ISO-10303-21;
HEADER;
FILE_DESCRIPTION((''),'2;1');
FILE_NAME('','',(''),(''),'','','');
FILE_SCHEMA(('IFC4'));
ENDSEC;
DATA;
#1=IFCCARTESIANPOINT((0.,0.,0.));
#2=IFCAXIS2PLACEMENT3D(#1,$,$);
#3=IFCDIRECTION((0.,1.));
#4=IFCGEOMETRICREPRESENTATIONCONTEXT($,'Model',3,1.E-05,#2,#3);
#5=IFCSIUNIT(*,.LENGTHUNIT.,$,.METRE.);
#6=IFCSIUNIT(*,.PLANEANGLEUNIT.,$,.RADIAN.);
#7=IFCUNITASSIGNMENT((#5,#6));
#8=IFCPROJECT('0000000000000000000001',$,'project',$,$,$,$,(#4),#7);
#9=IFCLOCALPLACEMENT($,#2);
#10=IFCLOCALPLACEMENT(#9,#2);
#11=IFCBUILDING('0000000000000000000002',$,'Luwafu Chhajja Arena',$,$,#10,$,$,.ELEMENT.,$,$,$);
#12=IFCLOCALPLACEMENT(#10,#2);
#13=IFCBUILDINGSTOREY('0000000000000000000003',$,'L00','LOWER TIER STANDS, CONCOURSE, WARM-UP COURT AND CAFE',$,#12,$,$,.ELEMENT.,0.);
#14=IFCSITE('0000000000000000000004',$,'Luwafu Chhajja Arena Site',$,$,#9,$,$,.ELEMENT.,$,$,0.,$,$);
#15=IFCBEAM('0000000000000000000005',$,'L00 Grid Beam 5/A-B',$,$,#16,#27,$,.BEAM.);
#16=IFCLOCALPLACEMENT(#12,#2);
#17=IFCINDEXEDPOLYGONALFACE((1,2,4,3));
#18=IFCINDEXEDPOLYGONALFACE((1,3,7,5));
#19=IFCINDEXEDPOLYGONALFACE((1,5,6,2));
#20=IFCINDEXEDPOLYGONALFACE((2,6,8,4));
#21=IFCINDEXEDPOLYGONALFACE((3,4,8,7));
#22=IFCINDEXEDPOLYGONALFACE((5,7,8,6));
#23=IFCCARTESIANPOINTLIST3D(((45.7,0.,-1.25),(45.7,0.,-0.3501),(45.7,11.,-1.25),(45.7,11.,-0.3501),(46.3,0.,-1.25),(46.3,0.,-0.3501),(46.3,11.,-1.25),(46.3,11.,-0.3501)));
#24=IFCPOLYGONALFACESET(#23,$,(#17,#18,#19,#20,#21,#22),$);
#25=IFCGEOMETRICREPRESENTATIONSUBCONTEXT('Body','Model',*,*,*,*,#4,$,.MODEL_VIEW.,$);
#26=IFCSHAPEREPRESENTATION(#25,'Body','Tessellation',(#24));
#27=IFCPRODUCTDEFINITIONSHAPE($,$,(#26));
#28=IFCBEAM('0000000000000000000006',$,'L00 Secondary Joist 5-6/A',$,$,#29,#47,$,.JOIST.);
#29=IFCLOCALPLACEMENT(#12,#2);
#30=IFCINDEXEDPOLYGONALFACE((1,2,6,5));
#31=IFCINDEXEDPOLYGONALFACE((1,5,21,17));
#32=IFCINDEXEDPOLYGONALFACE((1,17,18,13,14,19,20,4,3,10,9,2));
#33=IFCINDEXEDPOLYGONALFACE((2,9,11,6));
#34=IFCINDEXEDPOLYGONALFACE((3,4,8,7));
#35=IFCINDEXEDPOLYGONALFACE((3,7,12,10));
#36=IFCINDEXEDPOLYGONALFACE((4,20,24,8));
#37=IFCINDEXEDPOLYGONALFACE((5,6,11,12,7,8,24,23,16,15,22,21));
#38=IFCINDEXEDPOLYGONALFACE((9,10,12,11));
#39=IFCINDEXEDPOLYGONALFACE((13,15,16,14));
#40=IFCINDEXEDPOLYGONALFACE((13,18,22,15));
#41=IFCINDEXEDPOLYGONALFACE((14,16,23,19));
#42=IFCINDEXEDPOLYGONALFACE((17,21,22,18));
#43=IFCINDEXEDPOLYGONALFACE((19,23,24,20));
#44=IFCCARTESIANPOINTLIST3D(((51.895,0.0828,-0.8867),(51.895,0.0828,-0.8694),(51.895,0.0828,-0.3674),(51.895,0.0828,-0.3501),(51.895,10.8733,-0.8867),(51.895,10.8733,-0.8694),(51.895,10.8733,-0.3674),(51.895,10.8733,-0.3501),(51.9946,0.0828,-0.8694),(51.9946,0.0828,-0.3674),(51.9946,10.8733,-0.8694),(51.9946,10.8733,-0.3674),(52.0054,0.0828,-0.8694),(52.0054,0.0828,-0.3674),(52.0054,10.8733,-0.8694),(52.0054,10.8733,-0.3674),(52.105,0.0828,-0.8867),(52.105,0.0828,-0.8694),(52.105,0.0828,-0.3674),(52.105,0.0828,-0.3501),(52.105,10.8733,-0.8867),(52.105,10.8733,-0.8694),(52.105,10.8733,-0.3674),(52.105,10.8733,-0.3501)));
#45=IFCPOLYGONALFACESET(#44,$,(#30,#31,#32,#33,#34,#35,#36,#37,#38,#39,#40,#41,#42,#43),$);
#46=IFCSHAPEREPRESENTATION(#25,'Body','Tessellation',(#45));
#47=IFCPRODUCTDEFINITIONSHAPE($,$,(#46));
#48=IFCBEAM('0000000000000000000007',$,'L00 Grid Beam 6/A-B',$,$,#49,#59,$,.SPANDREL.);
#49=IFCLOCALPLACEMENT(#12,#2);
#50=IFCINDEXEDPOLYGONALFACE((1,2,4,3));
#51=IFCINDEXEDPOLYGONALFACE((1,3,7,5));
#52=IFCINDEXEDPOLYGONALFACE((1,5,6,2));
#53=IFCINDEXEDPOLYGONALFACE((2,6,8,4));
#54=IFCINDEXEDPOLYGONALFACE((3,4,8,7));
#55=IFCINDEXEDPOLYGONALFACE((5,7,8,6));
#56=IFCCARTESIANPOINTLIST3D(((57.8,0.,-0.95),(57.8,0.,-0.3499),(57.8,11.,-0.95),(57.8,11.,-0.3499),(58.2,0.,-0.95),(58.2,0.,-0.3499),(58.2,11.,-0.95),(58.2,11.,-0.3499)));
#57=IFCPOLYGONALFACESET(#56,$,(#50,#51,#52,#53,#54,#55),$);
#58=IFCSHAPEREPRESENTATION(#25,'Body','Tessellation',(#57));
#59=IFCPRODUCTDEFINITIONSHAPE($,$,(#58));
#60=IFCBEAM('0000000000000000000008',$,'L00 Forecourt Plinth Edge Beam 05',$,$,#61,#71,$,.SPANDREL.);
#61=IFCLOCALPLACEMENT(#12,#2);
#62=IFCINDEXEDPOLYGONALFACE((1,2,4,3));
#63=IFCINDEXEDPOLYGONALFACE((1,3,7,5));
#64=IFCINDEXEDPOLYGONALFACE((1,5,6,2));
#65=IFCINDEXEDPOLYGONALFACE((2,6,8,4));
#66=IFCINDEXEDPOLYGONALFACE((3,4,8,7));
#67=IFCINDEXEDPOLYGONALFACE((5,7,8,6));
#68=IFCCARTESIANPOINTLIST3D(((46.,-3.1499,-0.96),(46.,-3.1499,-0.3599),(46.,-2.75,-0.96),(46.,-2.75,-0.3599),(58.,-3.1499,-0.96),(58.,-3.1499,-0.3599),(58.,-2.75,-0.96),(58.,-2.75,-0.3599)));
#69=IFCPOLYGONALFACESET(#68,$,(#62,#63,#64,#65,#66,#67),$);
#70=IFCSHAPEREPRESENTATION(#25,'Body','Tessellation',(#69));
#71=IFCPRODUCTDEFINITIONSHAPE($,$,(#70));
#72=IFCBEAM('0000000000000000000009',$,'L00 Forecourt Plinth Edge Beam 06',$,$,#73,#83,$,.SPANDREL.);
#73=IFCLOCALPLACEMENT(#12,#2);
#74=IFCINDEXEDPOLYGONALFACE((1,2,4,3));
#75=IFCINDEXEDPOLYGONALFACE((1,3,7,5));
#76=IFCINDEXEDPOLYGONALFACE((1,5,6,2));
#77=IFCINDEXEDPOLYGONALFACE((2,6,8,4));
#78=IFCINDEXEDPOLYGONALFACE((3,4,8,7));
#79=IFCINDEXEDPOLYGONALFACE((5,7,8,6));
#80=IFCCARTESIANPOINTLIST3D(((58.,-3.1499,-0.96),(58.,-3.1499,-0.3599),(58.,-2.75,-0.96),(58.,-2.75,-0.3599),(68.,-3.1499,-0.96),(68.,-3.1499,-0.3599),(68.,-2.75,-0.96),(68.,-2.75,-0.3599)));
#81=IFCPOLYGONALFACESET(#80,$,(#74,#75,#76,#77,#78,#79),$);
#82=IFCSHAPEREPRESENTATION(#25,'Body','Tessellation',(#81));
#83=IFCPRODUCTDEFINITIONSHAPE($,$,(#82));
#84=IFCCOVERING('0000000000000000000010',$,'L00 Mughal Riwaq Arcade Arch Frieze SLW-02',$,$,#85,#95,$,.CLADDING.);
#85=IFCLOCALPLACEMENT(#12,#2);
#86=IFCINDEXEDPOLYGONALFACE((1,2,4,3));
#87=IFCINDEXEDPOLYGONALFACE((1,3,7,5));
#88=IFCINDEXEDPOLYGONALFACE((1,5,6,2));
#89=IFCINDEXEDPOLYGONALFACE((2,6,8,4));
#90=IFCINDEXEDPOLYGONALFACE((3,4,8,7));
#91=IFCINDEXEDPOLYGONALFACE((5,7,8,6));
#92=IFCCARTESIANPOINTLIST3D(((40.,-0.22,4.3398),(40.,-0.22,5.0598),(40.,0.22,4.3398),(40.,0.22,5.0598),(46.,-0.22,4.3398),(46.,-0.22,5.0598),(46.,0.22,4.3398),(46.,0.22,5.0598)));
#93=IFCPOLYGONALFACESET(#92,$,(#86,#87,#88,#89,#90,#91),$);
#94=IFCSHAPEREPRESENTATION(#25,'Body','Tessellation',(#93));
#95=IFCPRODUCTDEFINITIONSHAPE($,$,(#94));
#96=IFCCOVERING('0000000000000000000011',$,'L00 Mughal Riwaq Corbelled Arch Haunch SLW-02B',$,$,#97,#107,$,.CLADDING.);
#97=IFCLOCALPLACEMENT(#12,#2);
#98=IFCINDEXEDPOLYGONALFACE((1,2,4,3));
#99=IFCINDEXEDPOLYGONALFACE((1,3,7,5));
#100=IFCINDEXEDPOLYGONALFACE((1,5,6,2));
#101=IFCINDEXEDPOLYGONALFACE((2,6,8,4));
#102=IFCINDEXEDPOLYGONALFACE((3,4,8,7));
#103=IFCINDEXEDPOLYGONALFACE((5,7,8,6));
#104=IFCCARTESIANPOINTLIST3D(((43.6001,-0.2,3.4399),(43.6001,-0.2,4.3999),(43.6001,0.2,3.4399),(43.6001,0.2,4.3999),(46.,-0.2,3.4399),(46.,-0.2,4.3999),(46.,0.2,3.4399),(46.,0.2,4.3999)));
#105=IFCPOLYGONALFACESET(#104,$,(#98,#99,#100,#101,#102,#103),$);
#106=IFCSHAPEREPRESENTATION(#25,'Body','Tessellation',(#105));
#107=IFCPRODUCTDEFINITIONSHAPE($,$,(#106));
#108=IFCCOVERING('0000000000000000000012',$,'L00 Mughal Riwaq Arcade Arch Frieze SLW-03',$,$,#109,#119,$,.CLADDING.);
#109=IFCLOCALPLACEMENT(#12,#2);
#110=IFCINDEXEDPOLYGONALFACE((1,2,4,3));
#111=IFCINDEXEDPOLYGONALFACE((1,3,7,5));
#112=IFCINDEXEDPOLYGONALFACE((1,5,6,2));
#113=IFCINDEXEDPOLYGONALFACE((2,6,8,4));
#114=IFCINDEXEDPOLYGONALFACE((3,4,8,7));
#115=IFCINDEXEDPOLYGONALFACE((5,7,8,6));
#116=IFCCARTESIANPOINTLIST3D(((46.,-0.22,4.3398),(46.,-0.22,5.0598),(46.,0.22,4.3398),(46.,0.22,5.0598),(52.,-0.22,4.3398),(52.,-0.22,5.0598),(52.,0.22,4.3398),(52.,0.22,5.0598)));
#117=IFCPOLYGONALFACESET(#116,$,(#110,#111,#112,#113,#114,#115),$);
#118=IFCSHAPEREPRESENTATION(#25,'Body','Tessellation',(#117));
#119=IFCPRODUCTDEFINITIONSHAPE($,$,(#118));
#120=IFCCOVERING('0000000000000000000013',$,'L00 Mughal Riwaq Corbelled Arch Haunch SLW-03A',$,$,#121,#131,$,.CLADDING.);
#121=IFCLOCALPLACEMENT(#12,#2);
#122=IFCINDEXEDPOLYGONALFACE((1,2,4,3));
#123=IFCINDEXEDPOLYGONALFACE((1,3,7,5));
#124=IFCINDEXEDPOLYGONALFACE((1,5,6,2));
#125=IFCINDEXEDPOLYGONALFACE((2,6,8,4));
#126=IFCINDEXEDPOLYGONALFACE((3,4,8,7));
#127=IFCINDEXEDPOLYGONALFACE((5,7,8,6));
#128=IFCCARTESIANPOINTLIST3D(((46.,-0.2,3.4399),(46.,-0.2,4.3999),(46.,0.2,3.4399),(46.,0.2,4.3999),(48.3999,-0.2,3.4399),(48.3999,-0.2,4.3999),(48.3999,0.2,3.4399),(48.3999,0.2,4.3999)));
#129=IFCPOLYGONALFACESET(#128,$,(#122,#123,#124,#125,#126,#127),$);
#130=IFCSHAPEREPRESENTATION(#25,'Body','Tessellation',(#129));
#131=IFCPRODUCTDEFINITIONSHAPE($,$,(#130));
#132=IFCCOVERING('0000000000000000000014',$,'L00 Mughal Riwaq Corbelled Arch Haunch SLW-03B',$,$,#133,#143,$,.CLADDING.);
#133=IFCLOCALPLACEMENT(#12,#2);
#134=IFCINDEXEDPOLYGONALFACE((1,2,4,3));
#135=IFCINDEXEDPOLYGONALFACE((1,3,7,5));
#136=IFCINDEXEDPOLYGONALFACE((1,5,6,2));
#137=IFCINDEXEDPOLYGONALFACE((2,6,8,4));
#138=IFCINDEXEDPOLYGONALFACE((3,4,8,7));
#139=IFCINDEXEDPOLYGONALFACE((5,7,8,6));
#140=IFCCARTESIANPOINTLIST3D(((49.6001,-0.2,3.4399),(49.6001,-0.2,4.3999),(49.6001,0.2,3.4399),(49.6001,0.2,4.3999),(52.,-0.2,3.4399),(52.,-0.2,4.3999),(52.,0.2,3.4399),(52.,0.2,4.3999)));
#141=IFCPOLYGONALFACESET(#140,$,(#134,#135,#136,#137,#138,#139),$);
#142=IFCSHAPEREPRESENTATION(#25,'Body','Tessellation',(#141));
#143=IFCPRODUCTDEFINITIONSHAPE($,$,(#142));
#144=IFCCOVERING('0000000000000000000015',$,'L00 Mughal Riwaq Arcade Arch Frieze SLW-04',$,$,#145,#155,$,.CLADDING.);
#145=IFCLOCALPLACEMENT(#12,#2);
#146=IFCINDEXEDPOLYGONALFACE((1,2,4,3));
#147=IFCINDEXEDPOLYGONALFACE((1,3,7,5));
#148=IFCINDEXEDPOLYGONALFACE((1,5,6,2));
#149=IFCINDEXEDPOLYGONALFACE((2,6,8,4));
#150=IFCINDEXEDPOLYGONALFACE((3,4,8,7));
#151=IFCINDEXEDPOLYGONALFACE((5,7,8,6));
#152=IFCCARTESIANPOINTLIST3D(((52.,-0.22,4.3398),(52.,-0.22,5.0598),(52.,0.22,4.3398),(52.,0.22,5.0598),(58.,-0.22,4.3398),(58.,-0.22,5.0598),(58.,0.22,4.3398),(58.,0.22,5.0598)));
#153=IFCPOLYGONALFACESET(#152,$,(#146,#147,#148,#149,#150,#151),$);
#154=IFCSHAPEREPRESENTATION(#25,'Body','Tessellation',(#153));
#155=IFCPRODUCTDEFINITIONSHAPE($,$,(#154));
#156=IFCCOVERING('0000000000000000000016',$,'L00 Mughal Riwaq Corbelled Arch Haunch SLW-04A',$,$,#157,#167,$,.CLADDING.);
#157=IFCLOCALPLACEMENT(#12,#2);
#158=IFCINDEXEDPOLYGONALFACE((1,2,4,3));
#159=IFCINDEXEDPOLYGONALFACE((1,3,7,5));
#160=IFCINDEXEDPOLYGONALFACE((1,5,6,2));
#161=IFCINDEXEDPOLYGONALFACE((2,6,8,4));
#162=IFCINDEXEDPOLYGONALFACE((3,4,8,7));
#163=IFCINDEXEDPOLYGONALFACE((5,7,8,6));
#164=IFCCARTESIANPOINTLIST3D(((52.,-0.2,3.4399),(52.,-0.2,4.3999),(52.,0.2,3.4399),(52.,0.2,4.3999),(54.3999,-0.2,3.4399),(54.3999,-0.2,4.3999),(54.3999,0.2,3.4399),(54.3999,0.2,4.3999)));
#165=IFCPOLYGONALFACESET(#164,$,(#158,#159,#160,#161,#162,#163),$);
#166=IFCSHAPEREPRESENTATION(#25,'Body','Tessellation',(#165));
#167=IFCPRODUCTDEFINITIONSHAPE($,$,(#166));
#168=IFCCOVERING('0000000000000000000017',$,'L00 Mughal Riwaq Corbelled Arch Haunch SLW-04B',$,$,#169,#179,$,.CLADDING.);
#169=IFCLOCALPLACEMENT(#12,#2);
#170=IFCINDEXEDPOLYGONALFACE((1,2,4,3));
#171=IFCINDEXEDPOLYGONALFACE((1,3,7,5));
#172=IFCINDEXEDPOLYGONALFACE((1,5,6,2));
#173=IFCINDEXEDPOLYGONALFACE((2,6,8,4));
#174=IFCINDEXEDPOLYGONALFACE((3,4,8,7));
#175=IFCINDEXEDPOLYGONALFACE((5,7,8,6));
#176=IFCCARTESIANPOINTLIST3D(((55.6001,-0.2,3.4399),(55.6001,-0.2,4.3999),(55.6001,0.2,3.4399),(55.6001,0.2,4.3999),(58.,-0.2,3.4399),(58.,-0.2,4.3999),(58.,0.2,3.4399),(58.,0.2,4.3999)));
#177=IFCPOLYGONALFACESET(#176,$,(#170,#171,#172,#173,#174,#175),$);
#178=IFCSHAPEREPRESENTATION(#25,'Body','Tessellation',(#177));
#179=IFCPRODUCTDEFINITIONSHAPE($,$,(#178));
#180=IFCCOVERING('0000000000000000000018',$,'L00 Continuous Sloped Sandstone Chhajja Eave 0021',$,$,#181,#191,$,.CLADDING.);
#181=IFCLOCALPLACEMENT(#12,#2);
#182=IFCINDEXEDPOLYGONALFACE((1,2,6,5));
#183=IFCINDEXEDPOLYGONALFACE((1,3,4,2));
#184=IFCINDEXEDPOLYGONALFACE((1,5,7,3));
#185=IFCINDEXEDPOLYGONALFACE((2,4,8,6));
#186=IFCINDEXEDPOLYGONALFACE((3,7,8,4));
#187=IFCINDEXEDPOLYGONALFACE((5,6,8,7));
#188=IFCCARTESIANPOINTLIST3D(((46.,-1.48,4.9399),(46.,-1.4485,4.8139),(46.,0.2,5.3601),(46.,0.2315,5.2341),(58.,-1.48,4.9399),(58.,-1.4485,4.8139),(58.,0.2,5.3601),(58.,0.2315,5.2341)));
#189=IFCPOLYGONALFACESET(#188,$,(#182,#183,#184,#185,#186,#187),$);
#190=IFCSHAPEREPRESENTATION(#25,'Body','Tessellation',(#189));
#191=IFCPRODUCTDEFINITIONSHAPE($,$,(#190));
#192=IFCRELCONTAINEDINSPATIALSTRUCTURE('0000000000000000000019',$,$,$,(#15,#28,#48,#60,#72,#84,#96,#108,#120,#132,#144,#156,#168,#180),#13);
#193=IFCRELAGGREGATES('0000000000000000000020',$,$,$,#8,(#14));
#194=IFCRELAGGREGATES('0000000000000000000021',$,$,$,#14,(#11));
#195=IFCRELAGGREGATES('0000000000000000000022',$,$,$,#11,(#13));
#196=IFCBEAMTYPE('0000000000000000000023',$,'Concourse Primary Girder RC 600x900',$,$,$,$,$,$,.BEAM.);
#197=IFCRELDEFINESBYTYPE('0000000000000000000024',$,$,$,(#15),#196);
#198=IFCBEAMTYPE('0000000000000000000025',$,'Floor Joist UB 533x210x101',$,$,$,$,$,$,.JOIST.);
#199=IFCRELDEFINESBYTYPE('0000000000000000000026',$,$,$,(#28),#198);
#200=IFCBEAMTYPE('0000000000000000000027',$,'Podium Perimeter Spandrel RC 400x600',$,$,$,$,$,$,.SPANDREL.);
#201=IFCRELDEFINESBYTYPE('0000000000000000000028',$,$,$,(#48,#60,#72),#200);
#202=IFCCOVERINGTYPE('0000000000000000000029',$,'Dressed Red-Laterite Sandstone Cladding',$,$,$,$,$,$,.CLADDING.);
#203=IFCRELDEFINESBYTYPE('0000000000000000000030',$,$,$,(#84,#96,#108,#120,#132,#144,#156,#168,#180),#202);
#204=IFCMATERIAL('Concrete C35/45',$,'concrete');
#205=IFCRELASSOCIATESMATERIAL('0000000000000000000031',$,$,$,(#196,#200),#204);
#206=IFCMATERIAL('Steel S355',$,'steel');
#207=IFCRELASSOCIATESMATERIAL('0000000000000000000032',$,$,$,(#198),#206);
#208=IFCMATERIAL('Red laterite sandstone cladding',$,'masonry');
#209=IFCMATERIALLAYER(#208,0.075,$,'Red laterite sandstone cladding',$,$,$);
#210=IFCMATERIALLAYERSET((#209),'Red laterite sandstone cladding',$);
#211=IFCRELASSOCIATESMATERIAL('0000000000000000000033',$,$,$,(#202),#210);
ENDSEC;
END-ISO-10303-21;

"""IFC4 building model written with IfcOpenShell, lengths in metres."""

from ifc_helpers import new_model, si_unit, direction, frame, origin, origin_2d, place, context, subcontext, project, spatial, polyline, rectangle, i_section, outline, extrude, material, layer, layer_set, material_profile, profile_set, type_object, element, save


model = new_model("IFC4")

# Units and contexts
model_context = context("Model", 3, precision=1e-05, world=origin(), true_north=direction((0.0, 1.0)))
body_context = subcontext(model_context, "Body", "Model", "MODEL_VIEW")
ifc_project = project(units=[si_unit("LENGTHUNIT", "METRE"), si_unit("PLANEANGLEUNIT", "RADIAN")], contexts=[model_context])

# Site, building, storey
site_placement = place(None, origin())
site = spatial("IfcSite", under=ifc_project, at=site_placement, Name="Luwafu Chhajja Arena Site", CompositionType="ELEMENT", RefElevation=0.0)
building_placement = place(site_placement, origin())
building = spatial("IfcBuilding", under=site, at=building_placement, Name="Luwafu Chhajja Arena", CompositionType="ELEMENT")
storey_placement = place(building_placement, origin())
storey = spatial("IfcBuildingStorey", under=building, at=storey_placement, Name="L00", Description="LOWER TIER STANDS, CONCOURSE, WARM-UP COURT AND CAFE", CompositionType="ELEMENT", Elevation=0.0)

# Shared definitions
ifc_material_1 = material(Name="Concrete C35/45", Category="concrete")

# Beams
ifc_material_2 = material(Name="Steel S355", Category="steel")
ifc_material_profile_1 = material_profile(ifc_material_1, rectangle(XDim=0.6001, YDim=0.8999, at=origin_2d()), Name="RC 600x900")
ifc_profile_set_1 = profile_set([ifc_material_profile_1], Name="Concrete C35/45")
beam_type_1 = type_object("IfcBeamType", Name="Concourse Primary Girder RC 600x900", PredefinedType="BEAM", material=ifc_profile_set_1)
beam_1_placement = place(storey_placement, frame((46.0, 0.0, -0.8), z_axis=(0.0, 1.0, 0.0), x_axis=(-1.0, 0.0, 0.0)))
element("IfcBeam", 1, at=beam_1_placement, inside=storey, type_object=beam_type_1, Name="L00 Grid Beam 5/A-B", PredefinedType="BEAM", context=body_context, shape_type="SweptSolid", body=[
    extrude(rectangle(XDim=0.6001, YDim=0.8999, at=origin_2d()), origin(), (0.0, 0.0, 1.0), 11.0),
])
ifc_material_profile_2 = material_profile(ifc_material_2, i_section(OverallWidth=0.21, OverallDepth=0.5366, WebThickness=0.0107, FlangeThickness=0.0173, at=origin_2d()), Name="UB 533x210x101")
ifc_profile_set_2 = profile_set([ifc_material_profile_2], Name="Steel S355")
beam_type_2 = type_object("IfcBeamType", Name="Floor Joist UB 533x210x101", PredefinedType="JOIST", material=ifc_profile_set_2)
beam_2_placement = place(storey_placement, frame((52.0, 0.0828, -0.6184), z_axis=(0.0, 1.0, 0.0), x_axis=(-1.0, 0.0, 0.0)))
element("IfcBeam", 2, at=beam_2_placement, inside=storey, type_object=beam_type_2, Name="L00 Secondary Joist 5-6/A", PredefinedType="JOIST", context=body_context, shape_type="SweptSolid", body=[
    extrude(i_section(OverallWidth=0.21, OverallDepth=0.5366, WebThickness=0.0107, FlangeThickness=0.0173, at=origin_2d()), origin(), (0.0, 0.0, 1.0), 10.7905),
])
ifc_material_profile_3 = material_profile(ifc_material_1, rectangle(XDim=0.3999, YDim=0.6001, at=origin_2d()), Name="RC 400x600")
ifc_profile_set_3 = profile_set([ifc_material_profile_3], Name="Concrete C35/45")
beam_type_3 = type_object("IfcBeamType", Name="Podium Perimeter Spandrel RC 400x600", PredefinedType="SPANDREL", material=ifc_profile_set_3)
beam_3_placement = place(storey_placement, frame((58.0, 0.0, -0.6499), z_axis=(0.0, 1.0, 0.0), x_axis=(-1.0, 0.0, 0.0)))
element("IfcBeam", 3, at=beam_3_placement, inside=storey, type_object=beam_type_3, Name="L00 Grid Beam 6/A-B", PredefinedType="SPANDREL", context=body_context, shape_type="SweptSolid", body=[
    extrude(rectangle(XDim=0.3999, YDim=0.6001, at=origin_2d()), origin(), (0.0, 0.0, 1.0), 11.0),
])
beam_4_placement = place(storey_placement, frame((46.0, -2.95, -0.6599), z_axis=(1.0, 0.0, 0.0), x_axis=(0.0, 1.0, 0.0)))
element("IfcBeam", 4, at=beam_4_placement, inside=storey, type_object=beam_type_3, Name="L00 Forecourt Plinth Edge Beam 05", PredefinedType="SPANDREL", context=body_context, shape_type="SweptSolid", body=[
    extrude(rectangle(XDim=0.3999, YDim=0.6001, at=origin_2d()), origin(), (0.0, 0.0, 1.0), 12.0),
])
beam_5_placement = place(storey_placement, frame((58.0, -2.95, -0.6599), z_axis=(1.0, 0.0, 0.0), x_axis=(0.0, 1.0, 0.0)))
element("IfcBeam", 5, at=beam_5_placement, inside=storey, type_object=beam_type_3, Name="L00 Forecourt Plinth Edge Beam 06", PredefinedType="SPANDREL", context=body_context, shape_type="SweptSolid", body=[
    extrude(rectangle(XDim=0.3999, YDim=0.6001, at=origin_2d()), origin(), (0.0, 0.0, 1.0), 10.0),
])

# Coverings
ifc_material_3 = material(Name="Red laterite sandstone cladding", Category="masonry")
ifc_layer_1 = layer(ifc_material_3, 0.075, Name="Red laterite sandstone cladding")
ifc_layer_set_1 = layer_set([ifc_layer_1], Name="Red laterite sandstone cladding")
covering_type = type_object("IfcCoveringType", Name="Dressed Red-Laterite Sandstone Cladding", PredefinedType="CLADDING", material=ifc_layer_set_1)
covering_1_placement = place(storey_placement, frame((43.0, 0.0, 4.3398), z_axis=(0.0, 0.0, 1.0), x_axis=(1.0, 0.0, 0.0)))
element("IfcCovering", 6, at=covering_1_placement, inside=storey, type_object=covering_type, Name="L00 Mughal Riwaq Arcade Arch Frieze SLW-02", PredefinedType="CLADDING", context=body_context, shape_type="SweptSolid", body=[
    extrude(rectangle(XDim=6.0, YDim=0.4399, at=origin_2d()), origin(), (0.0, 0.0, 1.0), 0.72),
])
covering_2_placement = place(storey_placement, frame((44.8, 0.0, 3.4399), z_axis=(0.0, 0.0, 1.0), x_axis=(1.0, 0.0, 0.0)))
element("IfcCovering", 7, at=covering_2_placement, inside=storey, type_object=covering_type, Name="L00 Mughal Riwaq Corbelled Arch Haunch SLW-02B", PredefinedType="CLADDING", context=body_context, shape_type="SweptSolid", body=[
    extrude(rectangle(XDim=2.3999, YDim=0.3999, at=origin_2d()), origin(), (0.0, 0.0, 1.0), 0.96),
])
covering_3_placement = place(storey_placement, frame((49.0, 0.0, 4.3398), z_axis=(0.0, 0.0, 1.0), x_axis=(1.0, 0.0, 0.0)))
element("IfcCovering", 8, at=covering_3_placement, inside=storey, type_object=covering_type, Name="L00 Mughal Riwaq Arcade Arch Frieze SLW-03", PredefinedType="CLADDING", context=body_context, shape_type="SweptSolid", body=[
    extrude(rectangle(XDim=6.0, YDim=0.4399, at=origin_2d()), origin(), (0.0, 0.0, 1.0), 0.72),
])
for number, where, z_axis, x_axis, name in (
    (9, (47.2, 0.0, 3.4399), (0.0, 0.0, 1.0), (1.0, 0.0, 0.0), "L00 Mughal Riwaq Corbelled Arch Haunch SLW-03A"),
    (10, (50.8, 0.0, 3.4399), (0.0, 0.0, 1.0), (1.0, 0.0, 0.0), "L00 Mughal Riwaq Corbelled Arch Haunch SLW-03B"),
):
    element("IfcCovering", number, at=place(storey_placement, frame(where, z_axis=z_axis, x_axis=x_axis)), inside=storey, type_object=covering_type, Name=name, PredefinedType="CLADDING", context=body_context, shape_type="SweptSolid", body=[
        extrude(rectangle(XDim=2.3999, YDim=0.3999, at=origin_2d()), origin(), (0.0, 0.0, 1.0), 0.96),
    ])
covering_4_placement = place(storey_placement, frame((55.0, 0.0, 4.3398), z_axis=(0.0, 0.0, 1.0), x_axis=(1.0, 0.0, 0.0)))
element("IfcCovering", 11, at=covering_4_placement, inside=storey, type_object=covering_type, Name="L00 Mughal Riwaq Arcade Arch Frieze SLW-04", PredefinedType="CLADDING", context=body_context, shape_type="SweptSolid", body=[
    extrude(rectangle(XDim=6.0, YDim=0.4399, at=origin_2d()), origin(), (0.0, 0.0, 1.0), 0.72),
])
for number, where, z_axis, x_axis, name in (
    (12, (53.2, 0.0, 3.4399), (0.0, 0.0, 1.0), (1.0, 0.0, 0.0), "L00 Mughal Riwaq Corbelled Arch Haunch SLW-04A"),
    (13, (56.8, 0.0, 3.4399), (0.0, 0.0, 1.0), (1.0, 0.0, 0.0), "L00 Mughal Riwaq Corbelled Arch Haunch SLW-04B"),
):
    element("IfcCovering", number, at=place(storey_placement, frame(where, z_axis=z_axis, x_axis=x_axis)), inside=storey, type_object=covering_type, Name=name, PredefinedType="CLADDING", context=body_context, shape_type="SweptSolid", body=[
        extrude(rectangle(XDim=2.3999, YDim=0.3999, at=origin_2d()), origin(), (0.0, 0.0, 1.0), 0.96),
    ])
covering_5_placement = place(storey_placement, frame((46.0, 0.2, 5.3601), z_axis=(0.0, -0.242635, 0.970118), x_axis=(1.0, 0.0, 0.0)))
element("IfcCovering", 14, at=covering_5_placement, inside=storey, type_object=covering_type, Name="L00 Continuous Sloped Sandstone Chhajja Eave 0021", PredefinedType="CLADDING", context=body_context, shape_type="SweptSolid", body=[
    extrude(outline(polyline([(0.0, 0.0), (12.0, 0.0), (12.0, -1.7317), (0.0, -1.7317), (0.0, 0.0)])), origin(), (0.0, 0.0, -1.0), 0.1299),
])

save(model, "model.ifc")
